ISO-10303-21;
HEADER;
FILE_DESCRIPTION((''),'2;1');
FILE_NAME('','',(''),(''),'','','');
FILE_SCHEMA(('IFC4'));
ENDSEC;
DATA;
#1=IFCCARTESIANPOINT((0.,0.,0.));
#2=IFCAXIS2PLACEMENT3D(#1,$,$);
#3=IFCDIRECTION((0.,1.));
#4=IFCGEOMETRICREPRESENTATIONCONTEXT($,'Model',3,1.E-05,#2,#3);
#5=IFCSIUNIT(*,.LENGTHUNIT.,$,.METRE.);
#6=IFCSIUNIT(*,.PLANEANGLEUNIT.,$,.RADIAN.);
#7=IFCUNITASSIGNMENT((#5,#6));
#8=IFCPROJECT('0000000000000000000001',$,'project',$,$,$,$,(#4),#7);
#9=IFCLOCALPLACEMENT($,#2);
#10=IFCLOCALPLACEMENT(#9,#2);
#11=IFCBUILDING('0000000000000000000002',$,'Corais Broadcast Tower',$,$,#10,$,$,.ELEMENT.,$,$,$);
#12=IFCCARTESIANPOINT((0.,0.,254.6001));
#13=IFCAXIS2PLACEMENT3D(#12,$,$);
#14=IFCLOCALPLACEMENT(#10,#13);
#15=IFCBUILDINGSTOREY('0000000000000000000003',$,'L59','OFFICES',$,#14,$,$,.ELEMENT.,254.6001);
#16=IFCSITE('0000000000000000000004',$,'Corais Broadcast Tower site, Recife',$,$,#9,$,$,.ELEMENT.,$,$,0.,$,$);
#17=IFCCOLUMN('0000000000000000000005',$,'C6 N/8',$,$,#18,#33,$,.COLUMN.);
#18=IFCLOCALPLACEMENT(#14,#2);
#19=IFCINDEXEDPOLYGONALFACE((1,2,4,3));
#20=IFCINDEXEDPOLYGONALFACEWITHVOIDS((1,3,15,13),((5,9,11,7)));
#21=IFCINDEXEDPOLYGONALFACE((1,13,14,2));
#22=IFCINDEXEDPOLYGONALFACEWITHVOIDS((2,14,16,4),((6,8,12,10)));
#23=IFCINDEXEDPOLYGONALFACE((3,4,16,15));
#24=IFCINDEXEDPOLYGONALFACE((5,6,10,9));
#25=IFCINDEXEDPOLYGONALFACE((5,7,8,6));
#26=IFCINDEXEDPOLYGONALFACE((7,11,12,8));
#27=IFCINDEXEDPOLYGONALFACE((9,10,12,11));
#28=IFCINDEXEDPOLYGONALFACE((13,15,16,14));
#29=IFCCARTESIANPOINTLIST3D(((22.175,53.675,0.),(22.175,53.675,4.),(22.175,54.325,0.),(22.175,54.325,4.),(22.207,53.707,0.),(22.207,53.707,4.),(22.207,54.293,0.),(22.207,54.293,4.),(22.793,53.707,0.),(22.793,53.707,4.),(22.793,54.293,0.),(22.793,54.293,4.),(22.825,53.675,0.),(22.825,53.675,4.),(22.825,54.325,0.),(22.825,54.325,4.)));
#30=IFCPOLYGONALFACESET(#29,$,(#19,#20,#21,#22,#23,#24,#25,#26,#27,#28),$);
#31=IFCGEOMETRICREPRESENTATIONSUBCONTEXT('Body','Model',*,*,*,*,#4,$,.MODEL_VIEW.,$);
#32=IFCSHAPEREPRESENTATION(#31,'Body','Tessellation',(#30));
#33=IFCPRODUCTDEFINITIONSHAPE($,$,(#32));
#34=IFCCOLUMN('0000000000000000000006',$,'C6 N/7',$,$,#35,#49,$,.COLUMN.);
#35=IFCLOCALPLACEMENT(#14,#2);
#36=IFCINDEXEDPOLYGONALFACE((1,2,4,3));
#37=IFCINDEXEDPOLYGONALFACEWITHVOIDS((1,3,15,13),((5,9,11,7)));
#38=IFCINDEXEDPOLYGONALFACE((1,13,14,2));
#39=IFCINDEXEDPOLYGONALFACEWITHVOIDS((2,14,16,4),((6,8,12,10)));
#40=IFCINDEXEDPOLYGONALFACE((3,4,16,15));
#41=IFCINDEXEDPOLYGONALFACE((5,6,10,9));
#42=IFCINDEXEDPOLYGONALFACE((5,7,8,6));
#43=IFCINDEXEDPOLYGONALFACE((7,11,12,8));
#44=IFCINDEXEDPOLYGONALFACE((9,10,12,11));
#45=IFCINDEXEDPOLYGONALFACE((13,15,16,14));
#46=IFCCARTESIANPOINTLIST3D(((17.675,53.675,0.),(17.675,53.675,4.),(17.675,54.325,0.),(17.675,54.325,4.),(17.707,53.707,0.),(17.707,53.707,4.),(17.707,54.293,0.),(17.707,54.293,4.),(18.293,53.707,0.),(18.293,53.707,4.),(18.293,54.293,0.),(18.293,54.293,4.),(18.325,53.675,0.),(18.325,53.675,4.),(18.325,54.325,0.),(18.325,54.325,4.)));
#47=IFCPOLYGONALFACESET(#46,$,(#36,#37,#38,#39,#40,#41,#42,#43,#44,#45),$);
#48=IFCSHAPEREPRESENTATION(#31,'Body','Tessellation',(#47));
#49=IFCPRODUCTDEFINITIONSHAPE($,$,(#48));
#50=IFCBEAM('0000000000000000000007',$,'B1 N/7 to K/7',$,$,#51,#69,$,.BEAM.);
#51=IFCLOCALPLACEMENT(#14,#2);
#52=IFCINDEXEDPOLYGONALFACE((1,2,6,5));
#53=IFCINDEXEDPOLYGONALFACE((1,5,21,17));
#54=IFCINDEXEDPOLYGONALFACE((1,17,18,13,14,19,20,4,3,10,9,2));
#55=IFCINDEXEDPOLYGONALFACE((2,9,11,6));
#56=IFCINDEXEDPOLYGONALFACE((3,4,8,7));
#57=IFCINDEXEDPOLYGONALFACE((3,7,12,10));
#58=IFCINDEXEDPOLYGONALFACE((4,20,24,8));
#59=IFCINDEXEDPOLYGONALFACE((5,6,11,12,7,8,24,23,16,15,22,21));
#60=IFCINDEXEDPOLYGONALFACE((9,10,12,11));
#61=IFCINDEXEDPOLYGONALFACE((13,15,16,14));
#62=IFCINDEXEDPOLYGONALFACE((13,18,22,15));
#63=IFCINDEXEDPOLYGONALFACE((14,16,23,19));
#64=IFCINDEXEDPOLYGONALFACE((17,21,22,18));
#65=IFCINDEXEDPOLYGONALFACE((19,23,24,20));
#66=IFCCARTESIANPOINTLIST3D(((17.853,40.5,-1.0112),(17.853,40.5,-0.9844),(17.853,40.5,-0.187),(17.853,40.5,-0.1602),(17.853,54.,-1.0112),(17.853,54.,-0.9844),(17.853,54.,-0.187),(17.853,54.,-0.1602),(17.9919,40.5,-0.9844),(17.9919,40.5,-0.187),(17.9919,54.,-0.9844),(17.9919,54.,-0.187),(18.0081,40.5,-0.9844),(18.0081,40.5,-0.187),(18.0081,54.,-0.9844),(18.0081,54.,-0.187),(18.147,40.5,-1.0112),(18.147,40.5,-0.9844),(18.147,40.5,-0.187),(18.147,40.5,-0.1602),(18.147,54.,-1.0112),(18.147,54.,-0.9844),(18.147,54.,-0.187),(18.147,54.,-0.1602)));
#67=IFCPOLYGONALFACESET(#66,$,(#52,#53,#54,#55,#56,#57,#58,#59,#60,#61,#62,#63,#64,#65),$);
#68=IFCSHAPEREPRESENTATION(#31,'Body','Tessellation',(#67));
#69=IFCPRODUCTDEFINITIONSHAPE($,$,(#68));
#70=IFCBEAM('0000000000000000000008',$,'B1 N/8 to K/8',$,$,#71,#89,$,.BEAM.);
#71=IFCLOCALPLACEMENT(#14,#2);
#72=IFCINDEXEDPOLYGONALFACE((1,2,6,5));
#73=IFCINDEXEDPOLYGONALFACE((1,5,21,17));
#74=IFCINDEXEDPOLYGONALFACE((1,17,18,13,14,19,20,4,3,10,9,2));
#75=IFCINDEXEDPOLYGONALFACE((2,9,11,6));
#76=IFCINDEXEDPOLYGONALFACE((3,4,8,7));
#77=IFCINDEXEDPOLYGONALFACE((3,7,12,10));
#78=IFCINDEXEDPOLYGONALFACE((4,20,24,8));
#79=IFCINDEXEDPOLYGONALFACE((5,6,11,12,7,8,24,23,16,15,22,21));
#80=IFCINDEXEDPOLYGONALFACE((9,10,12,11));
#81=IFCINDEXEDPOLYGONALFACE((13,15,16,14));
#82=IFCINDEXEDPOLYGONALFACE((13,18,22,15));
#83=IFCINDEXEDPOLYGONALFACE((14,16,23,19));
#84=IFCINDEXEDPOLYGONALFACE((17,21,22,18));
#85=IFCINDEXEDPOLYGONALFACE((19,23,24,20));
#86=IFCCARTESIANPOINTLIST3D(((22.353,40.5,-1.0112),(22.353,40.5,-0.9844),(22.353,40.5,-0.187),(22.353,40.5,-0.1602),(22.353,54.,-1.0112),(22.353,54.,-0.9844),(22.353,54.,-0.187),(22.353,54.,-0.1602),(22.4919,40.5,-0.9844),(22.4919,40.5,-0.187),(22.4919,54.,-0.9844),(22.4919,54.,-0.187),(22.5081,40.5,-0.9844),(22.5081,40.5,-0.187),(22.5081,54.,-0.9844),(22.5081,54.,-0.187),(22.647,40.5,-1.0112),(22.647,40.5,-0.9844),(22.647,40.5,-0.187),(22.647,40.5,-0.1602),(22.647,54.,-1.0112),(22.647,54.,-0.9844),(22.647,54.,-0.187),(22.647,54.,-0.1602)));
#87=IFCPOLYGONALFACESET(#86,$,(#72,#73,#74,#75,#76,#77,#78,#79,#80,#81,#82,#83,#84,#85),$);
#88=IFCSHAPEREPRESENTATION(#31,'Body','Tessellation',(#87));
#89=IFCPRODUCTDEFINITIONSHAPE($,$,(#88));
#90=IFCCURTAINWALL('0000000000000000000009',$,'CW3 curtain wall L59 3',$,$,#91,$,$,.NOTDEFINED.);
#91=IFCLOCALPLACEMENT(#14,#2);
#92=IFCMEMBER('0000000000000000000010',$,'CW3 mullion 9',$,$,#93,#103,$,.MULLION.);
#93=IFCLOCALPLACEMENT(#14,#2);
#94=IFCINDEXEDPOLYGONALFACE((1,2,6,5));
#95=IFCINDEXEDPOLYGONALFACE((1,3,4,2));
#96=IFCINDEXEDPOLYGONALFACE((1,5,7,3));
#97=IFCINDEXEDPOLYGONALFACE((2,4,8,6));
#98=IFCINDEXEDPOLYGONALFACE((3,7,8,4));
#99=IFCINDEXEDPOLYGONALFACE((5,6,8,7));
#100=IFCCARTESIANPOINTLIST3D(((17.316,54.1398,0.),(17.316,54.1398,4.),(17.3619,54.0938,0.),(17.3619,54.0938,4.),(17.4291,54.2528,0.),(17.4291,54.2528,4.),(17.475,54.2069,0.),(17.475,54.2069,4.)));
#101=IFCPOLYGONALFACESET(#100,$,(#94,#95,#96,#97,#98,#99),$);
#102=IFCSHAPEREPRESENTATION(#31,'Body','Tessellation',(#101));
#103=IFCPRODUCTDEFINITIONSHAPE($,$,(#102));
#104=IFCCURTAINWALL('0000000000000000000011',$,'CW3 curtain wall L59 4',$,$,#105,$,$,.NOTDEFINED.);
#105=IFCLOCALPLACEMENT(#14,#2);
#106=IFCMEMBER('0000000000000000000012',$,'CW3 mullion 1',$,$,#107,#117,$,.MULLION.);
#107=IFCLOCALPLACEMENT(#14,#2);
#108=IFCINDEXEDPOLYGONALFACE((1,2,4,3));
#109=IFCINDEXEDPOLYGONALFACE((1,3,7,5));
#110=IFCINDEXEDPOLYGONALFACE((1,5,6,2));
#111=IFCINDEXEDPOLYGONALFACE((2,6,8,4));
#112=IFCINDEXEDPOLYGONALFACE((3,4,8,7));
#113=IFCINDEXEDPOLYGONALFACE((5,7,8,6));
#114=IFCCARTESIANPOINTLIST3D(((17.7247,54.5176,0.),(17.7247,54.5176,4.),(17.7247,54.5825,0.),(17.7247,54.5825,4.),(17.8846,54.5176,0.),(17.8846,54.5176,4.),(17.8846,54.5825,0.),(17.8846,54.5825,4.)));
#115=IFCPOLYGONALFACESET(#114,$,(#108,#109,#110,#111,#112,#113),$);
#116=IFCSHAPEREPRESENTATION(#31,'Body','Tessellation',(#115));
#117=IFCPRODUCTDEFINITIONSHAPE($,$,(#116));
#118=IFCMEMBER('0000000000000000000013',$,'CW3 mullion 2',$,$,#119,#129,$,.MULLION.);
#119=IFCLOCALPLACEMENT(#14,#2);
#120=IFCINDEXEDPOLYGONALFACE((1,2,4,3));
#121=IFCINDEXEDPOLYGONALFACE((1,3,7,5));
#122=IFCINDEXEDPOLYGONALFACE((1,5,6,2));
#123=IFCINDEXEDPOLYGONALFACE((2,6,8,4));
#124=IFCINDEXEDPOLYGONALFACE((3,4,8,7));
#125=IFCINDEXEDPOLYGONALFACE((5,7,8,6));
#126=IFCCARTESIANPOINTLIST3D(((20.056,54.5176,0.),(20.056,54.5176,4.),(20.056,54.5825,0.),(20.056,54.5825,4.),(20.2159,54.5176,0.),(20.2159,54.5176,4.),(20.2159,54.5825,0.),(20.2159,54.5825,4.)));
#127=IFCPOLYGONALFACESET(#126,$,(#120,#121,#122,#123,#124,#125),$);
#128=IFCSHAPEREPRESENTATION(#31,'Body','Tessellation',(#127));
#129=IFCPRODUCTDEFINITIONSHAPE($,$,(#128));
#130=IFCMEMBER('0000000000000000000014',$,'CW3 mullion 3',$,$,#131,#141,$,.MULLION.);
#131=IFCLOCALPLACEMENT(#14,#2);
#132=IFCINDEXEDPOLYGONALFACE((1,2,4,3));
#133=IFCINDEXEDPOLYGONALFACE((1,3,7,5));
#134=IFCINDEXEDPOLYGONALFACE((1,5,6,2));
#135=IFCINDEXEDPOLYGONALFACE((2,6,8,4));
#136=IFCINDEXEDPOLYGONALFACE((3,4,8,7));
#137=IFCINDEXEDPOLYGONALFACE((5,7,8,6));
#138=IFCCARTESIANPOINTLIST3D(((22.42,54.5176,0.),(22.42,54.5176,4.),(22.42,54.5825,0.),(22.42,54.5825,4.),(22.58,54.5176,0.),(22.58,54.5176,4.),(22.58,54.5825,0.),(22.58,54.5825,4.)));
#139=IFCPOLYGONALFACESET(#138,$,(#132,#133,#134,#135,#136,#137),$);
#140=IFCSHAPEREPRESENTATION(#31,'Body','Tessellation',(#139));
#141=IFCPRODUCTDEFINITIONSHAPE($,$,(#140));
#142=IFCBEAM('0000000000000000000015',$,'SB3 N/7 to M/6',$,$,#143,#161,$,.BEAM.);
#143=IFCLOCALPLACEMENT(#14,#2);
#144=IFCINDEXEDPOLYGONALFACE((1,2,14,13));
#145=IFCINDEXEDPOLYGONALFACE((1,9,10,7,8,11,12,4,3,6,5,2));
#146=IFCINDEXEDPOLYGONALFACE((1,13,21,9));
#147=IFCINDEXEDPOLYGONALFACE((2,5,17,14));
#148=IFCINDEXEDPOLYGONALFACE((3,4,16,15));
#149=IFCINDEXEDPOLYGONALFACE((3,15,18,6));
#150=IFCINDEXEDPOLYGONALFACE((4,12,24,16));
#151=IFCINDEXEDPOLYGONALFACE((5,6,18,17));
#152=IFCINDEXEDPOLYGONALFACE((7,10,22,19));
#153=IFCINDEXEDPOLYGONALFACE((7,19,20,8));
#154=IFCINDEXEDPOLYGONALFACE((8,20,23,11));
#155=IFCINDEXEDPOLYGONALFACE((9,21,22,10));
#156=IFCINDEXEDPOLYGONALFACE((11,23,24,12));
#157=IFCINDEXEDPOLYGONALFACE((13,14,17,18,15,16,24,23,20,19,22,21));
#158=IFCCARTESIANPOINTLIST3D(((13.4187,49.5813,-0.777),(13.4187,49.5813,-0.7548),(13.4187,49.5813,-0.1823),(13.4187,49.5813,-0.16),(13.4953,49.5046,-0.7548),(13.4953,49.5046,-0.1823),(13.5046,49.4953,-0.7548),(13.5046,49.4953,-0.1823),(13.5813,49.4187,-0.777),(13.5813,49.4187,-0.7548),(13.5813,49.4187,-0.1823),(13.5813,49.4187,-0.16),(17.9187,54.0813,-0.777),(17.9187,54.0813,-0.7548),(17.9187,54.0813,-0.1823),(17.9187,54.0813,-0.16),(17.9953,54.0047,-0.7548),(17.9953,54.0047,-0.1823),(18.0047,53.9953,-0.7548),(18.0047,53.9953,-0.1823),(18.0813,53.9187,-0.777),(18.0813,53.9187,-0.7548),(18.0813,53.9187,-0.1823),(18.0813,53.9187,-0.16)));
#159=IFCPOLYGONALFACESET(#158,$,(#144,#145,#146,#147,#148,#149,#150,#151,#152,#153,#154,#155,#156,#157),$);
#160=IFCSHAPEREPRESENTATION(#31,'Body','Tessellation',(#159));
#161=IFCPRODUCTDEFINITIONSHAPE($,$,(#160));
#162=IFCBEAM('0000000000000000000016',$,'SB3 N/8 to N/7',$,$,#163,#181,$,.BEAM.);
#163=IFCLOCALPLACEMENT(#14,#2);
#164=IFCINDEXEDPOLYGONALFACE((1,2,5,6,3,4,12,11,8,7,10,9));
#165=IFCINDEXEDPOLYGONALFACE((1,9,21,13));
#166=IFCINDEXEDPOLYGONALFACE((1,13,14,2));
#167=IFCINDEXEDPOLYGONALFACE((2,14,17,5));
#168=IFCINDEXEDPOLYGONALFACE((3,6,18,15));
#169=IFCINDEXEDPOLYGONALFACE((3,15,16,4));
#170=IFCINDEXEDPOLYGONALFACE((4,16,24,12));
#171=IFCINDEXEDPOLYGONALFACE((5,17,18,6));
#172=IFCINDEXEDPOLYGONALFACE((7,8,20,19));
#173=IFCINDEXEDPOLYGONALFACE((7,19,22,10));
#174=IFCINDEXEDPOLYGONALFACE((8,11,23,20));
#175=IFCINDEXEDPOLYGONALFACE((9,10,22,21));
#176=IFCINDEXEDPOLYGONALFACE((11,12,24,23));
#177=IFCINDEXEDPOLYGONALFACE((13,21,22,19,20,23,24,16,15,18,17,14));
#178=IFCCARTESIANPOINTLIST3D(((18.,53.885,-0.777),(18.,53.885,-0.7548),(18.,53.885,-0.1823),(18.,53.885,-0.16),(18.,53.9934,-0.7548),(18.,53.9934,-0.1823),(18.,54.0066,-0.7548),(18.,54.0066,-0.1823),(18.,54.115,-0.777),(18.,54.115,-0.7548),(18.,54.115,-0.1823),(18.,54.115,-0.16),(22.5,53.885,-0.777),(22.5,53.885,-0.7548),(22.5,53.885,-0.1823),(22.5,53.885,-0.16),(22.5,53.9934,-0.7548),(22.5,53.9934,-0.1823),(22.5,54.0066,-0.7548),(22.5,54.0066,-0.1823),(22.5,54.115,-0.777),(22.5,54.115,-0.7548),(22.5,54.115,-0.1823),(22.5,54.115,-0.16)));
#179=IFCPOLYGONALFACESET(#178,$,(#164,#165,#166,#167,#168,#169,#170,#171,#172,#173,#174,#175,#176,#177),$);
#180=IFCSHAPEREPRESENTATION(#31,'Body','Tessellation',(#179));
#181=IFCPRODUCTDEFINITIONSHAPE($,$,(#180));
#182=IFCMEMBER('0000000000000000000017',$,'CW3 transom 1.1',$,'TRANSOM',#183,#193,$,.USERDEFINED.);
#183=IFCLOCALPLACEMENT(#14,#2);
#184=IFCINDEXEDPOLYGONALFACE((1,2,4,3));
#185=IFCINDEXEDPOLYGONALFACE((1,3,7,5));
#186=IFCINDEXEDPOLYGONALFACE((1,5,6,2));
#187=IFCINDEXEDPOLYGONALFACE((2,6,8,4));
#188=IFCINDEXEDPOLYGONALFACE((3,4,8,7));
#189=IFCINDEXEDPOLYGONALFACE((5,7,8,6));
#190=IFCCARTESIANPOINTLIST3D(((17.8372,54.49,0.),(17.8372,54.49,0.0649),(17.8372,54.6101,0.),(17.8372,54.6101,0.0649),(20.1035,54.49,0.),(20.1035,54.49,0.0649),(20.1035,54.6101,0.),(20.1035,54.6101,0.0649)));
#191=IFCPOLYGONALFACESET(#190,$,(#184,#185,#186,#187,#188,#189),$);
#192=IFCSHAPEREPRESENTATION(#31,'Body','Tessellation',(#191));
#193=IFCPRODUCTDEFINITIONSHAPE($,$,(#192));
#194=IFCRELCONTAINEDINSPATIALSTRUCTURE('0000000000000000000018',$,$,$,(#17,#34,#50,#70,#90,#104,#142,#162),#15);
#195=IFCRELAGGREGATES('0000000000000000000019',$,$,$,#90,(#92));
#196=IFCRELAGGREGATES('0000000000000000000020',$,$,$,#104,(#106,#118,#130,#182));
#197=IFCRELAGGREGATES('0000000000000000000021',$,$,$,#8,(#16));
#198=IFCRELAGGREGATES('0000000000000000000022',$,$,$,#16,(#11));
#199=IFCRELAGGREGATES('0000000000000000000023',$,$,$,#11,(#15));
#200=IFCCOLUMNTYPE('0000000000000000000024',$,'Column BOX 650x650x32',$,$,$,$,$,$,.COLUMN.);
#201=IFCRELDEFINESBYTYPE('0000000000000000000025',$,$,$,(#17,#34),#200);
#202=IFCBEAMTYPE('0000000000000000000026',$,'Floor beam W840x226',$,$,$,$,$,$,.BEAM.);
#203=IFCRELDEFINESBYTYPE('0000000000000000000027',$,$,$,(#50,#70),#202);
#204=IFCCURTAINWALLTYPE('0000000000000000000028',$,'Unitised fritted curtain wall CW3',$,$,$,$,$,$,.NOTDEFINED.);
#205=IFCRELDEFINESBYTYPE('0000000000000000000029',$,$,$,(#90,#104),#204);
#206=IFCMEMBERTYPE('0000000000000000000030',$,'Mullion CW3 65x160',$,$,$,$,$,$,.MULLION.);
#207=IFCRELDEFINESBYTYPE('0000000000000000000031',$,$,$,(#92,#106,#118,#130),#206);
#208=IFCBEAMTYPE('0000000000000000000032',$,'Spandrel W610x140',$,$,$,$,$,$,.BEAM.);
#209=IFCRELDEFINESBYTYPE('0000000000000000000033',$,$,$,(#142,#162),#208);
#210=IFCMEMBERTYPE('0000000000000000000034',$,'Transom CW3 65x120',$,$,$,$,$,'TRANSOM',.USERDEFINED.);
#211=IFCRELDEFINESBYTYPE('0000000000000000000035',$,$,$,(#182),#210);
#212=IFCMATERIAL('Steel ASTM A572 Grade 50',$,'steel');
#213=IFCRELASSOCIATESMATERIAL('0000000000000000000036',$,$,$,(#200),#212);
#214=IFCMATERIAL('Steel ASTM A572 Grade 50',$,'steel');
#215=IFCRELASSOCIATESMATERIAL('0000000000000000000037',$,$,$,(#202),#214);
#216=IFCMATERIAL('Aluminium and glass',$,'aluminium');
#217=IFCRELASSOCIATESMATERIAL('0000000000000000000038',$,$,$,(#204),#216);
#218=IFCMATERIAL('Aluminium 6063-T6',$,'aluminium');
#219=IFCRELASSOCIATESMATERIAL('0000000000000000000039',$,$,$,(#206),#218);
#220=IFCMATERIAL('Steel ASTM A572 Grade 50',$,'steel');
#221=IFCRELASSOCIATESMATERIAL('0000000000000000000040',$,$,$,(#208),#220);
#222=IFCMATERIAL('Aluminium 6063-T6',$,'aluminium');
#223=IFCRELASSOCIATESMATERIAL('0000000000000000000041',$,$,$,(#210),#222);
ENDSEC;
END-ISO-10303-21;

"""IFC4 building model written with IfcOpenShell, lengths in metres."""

from ifc_helpers import new_model, si_unit, direction, frame, origin, origin_2d, place, context, subcontext, project, spatial, rectangle, hollow_rectangle, i_section, extrude, material, material_profile, profile_set, type_object, element, aggregate, save


model = new_model("IFC4")

# Units and contexts
model_context = context("Model", 3, precision=1e-05, world=origin(), true_north=direction((0.0, 1.0)))
body_context = subcontext(model_context, "Body", "Model", "MODEL_VIEW")
ifc_project = project(units=[si_unit("LENGTHUNIT", "METRE"), si_unit("PLANEANGLEUNIT", "RADIAN")], contexts=[model_context])

# Site, building, storey
site_placement = place(None, origin())
site = spatial("IfcSite", under=ifc_project, at=site_placement, Name="Corais Broadcast Tower site, Recife", CompositionType="ELEMENT", RefElevation=0.0)
building_placement = place(site_placement, origin())
building = spatial("IfcBuilding", under=site, at=building_placement, Name="Corais Broadcast Tower", CompositionType="ELEMENT")
storey_placement = place(building_placement, frame((0.0, 0.0, 254.6001)))
storey = spatial("IfcBuildingStorey", under=building, at=storey_placement, Name="L59", Description="OFFICES", CompositionType="ELEMENT", Elevation=254.6001)

# Columns
ifc_material_1 = material(Name="Steel ASTM A572 Grade 50", Category="steel")
ifc_material_profile_1 = material_profile(ifc_material_1, hollow_rectangle(XDim=0.6499, YDim=0.6499, WallThickness=0.032, at=origin_2d()), Name="BOX 650x650x32")
ifc_profile_set_1 = profile_set([ifc_material_profile_1], Name="Steel ASTM A572 Grade 50")
column_type = type_object("IfcColumnType", Name="Column BOX 650x650x32", PredefinedType="COLUMN", material=ifc_profile_set_1)
for number, where, z_axis, x_axis, name in (
    (1, (22.5, 54.0, 0.0), (0.0, 0.0, 1.0), (1.0, 0.0, 0.0), "C6 N/8"),
    (2, (18.0, 54.0, 0.0), (0.0, 0.0, 1.0), (1.0, 0.0, 0.0), "C6 N/7"),
):
    element("IfcColumn", number, at=place(storey_placement, frame(where, z_axis=z_axis, x_axis=x_axis)), inside=storey, type_object=column_type, Name=name, PredefinedType="COLUMN", context=body_context, shape_type="SweptSolid", body=[
        extrude(hollow_rectangle(XDim=0.6499, YDim=0.6499, WallThickness=0.032, at=origin_2d()), origin(), (0.0, 0.0, 1.0), 4.0),
    ])

# Beams
ifc_material_2 = material(Name="Steel ASTM A572 Grade 50", Category="steel")
ifc_material_profile_2 = material_profile(ifc_material_2, i_section(OverallWidth=0.2939, OverallDepth=0.8511, WebThickness=0.0161, FlangeThickness=0.0269, at=origin_2d()), Name="W840x226")
ifc_profile_set_2 = profile_set([ifc_material_profile_2], Name="Steel ASTM A572 Grade 50")
beam_type_1 = type_object("IfcBeamType", Name="Floor beam W840x226", PredefinedType="BEAM", material=ifc_profile_set_2)
for number, where, z_axis, x_axis, name in (
    (3, (18.0, 54.0, -0.5857), (0.0, -1.0, 0.0), (1.0, 0.0, 0.0), "B1 N/7 to K/7"),
    (4, (22.5, 54.0, -0.5857), (0.0, -1.0, 0.0), (1.0, 0.0, 0.0), "B1 N/8 to K/8"),
):
    element("IfcBeam", number, at=place(storey_placement, frame(where, z_axis=z_axis, x_axis=x_axis)), inside=storey, type_object=beam_type_1, Name=name, PredefinedType="BEAM", context=body_context, shape_type="SweptSolid", body=[
        extrude(i_section(OverallWidth=0.2939, OverallDepth=0.8511, WebThickness=0.0161, FlangeThickness=0.0269, at=origin_2d()), origin(), (0.0, 0.0, 1.0), 13.5),
    ])

# Curtain wall, member
ifc_material_3 = material(Name="Aluminium and glass", Category="aluminium")
curtain_wall_type = type_object("IfcCurtainWallType", Name="Unitised fritted curtain wall CW3", PredefinedType="NOTDEFINED", material=ifc_material_3)
curtain_wall_1_placement = place(storey_placement, origin())
curtain_wall_1 = element("IfcCurtainWall", 5, at=curtain_wall_1_placement, inside=storey, type_object=curtain_wall_type, Name="CW3 curtain wall L59 3", PredefinedType="NOTDEFINED")
ifc_material_4 = material(Name="Aluminium 6063-T6", Category="aluminium")
ifc_material_profile_3 = material_profile(ifc_material_4, rectangle(XDim=0.0649, YDim=0.1599, at=origin_2d()), Name="Mullion CW3 65x160")
ifc_profile_set_3 = profile_set([ifc_material_profile_3], Name="Aluminium 6063-T6")
member_type_1 = type_object("IfcMemberType", Name="Mullion CW3 65x160", PredefinedType="MULLION", material=ifc_profile_set_3)
member_1_placement = place(storey_placement, frame((17.3955, 54.1733, 0.0), z_axis=(0.0, 0.0, 1.0), x_axis=(-0.707107, 0.707107, 0.0)))
member_1 = element("IfcMember", 6, at=member_1_placement, type_object=member_type_1, Name="CW3 mullion 9", PredefinedType="MULLION", context=body_context, shape_type="SweptSolid", body=[
    extrude(rectangle(XDim=0.0649, YDim=0.1599, at=origin_2d()), origin(), (0.0, 0.0, 1.0), 4.0),
])

# Curtain wall, members
curtain_wall_2_placement = place(storey_placement, origin())
curtain_wall_2 = element("IfcCurtainWall", 7, at=curtain_wall_2_placement, inside=storey, type_object=curtain_wall_type, Name="CW3 curtain wall L59 4", PredefinedType="NOTDEFINED")
member_2_placement = place(storey_placement, frame((17.8047, 54.55, 0.0), z_axis=(0.0, 0.0, 1.0), x_axis=(0.0, 1.0, 0.0)))
member_2 = element("IfcMember", 8, at=member_2_placement, type_object=member_type_1, Name="CW3 mullion 1", PredefinedType="MULLION", context=body_context, shape_type="SweptSolid", body=[
    extrude(rectangle(XDim=0.0649, YDim=0.1599, at=origin_2d()), origin(), (0.0, 0.0, 1.0), 4.0),
])
member_3_placement = place(storey_placement, frame((20.136, 54.55, 0.0), z_axis=(0.0, 0.0, 1.0), x_axis=(0.0, 1.0, 0.0)))
member_3 = element("IfcMember", 9, at=member_3_placement, type_object=member_type_1, Name="CW3 mullion 2", PredefinedType="MULLION", context=body_context, shape_type="SweptSolid", body=[
    extrude(rectangle(XDim=0.0649, YDim=0.1599, at=origin_2d()), origin(), (0.0, 0.0, 1.0), 4.0),
])
member_4_placement = place(storey_placement, frame((22.5, 54.55, 0.0), z_axis=(0.0, 0.0, 1.0), x_axis=(0.0, 1.0, 0.0)))
member_4 = element("IfcMember", 10, at=member_4_placement, type_object=member_type_1, Name="CW3 mullion 3", PredefinedType="MULLION", context=body_context, shape_type="SweptSolid", body=[
    extrude(rectangle(XDim=0.0649, YDim=0.1599, at=origin_2d()), origin(), (0.0, 0.0, 1.0), 4.0),
])

# Beams
ifc_material_5 = material(Name="Steel ASTM A572 Grade 50", Category="steel")
ifc_material_profile_4 = material_profile(ifc_material_5, i_section(OverallWidth=0.23, OverallDepth=0.6169, WebThickness=0.0132, FlangeThickness=0.0222, at=origin_2d()), Name="W610x140")
ifc_profile_set_4 = profile_set([ifc_material_profile_4], Name="Steel ASTM A572 Grade 50")
beam_type_2 = type_object("IfcBeamType", Name="Spandrel W610x140", PredefinedType="BEAM", material=ifc_profile_set_4)
beam_1_placement = place(storey_placement, frame((18.0, 54.0, -0.4685), z_axis=(-0.707107, -0.707107, 0.0), x_axis=(0.707107, -0.707107, 0.0)))
element("IfcBeam", 11, at=beam_1_placement, inside=storey, type_object=beam_type_2, Name="SB3 N/7 to M/6", PredefinedType="BEAM", context=body_context, shape_type="SweptSolid", body=[
    extrude(i_section(OverallWidth=0.23, OverallDepth=0.6169, WebThickness=0.0132, FlangeThickness=0.0222, at=origin_2d()), origin(), (0.0, 0.0, 1.0), 6.364),
])
beam_2_placement = place(storey_placement, frame((22.5, 54.0, -0.4685), z_axis=(-1.0, 0.0, 0.0), x_axis=(0.0, -1.0, 0.0)))
element("IfcBeam", 12, at=beam_2_placement, inside=storey, type_object=beam_type_2, Name="SB3 N/8 to N/7", PredefinedType="BEAM", context=body_context, shape_type="SweptSolid", body=[
    extrude(i_section(OverallWidth=0.23, OverallDepth=0.6169, WebThickness=0.0132, FlangeThickness=0.0222, at=origin_2d()), origin(), (0.0, 0.0, 1.0), 4.5),
])

# Member
ifc_material_6 = material(Name="Aluminium 6063-T6", Category="aluminium")
ifc_material_profile_5 = material_profile(ifc_material_6, rectangle(XDim=0.1201, YDim=0.0649, at=origin_2d()), Name="Transom CW3 65x120")
ifc_profile_set_5 = profile_set([ifc_material_profile_5], Name="Aluminium 6063-T6")
member_type_2 = type_object("IfcMemberType", Name="Transom CW3 65x120", ElementType="TRANSOM", PredefinedType="USERDEFINED", material=ifc_profile_set_5)
member_5_placement = place(storey_placement, frame((17.8372, 54.55, 0.0325), z_axis=(1.0, 0.0, 0.0), x_axis=(0.0, 1.0, 0.0)))
member_5 = element("IfcMember", 13, at=member_5_placement, type_object=member_type_2, Name="CW3 transom 1.1", ObjectType="TRANSOM", PredefinedType="USERDEFINED", context=body_context, shape_type="SweptSolid", body=[
    extrude(rectangle(XDim=0.1201, YDim=0.0649, at=origin_2d()), origin(), (0.0, 0.0, 1.0), 2.2664),
])

aggregate(curtain_wall_1, [member_1])
aggregate(curtain_wall_2, [member_2, member_3, member_4, member_5])

save(model, "model.ifc")
